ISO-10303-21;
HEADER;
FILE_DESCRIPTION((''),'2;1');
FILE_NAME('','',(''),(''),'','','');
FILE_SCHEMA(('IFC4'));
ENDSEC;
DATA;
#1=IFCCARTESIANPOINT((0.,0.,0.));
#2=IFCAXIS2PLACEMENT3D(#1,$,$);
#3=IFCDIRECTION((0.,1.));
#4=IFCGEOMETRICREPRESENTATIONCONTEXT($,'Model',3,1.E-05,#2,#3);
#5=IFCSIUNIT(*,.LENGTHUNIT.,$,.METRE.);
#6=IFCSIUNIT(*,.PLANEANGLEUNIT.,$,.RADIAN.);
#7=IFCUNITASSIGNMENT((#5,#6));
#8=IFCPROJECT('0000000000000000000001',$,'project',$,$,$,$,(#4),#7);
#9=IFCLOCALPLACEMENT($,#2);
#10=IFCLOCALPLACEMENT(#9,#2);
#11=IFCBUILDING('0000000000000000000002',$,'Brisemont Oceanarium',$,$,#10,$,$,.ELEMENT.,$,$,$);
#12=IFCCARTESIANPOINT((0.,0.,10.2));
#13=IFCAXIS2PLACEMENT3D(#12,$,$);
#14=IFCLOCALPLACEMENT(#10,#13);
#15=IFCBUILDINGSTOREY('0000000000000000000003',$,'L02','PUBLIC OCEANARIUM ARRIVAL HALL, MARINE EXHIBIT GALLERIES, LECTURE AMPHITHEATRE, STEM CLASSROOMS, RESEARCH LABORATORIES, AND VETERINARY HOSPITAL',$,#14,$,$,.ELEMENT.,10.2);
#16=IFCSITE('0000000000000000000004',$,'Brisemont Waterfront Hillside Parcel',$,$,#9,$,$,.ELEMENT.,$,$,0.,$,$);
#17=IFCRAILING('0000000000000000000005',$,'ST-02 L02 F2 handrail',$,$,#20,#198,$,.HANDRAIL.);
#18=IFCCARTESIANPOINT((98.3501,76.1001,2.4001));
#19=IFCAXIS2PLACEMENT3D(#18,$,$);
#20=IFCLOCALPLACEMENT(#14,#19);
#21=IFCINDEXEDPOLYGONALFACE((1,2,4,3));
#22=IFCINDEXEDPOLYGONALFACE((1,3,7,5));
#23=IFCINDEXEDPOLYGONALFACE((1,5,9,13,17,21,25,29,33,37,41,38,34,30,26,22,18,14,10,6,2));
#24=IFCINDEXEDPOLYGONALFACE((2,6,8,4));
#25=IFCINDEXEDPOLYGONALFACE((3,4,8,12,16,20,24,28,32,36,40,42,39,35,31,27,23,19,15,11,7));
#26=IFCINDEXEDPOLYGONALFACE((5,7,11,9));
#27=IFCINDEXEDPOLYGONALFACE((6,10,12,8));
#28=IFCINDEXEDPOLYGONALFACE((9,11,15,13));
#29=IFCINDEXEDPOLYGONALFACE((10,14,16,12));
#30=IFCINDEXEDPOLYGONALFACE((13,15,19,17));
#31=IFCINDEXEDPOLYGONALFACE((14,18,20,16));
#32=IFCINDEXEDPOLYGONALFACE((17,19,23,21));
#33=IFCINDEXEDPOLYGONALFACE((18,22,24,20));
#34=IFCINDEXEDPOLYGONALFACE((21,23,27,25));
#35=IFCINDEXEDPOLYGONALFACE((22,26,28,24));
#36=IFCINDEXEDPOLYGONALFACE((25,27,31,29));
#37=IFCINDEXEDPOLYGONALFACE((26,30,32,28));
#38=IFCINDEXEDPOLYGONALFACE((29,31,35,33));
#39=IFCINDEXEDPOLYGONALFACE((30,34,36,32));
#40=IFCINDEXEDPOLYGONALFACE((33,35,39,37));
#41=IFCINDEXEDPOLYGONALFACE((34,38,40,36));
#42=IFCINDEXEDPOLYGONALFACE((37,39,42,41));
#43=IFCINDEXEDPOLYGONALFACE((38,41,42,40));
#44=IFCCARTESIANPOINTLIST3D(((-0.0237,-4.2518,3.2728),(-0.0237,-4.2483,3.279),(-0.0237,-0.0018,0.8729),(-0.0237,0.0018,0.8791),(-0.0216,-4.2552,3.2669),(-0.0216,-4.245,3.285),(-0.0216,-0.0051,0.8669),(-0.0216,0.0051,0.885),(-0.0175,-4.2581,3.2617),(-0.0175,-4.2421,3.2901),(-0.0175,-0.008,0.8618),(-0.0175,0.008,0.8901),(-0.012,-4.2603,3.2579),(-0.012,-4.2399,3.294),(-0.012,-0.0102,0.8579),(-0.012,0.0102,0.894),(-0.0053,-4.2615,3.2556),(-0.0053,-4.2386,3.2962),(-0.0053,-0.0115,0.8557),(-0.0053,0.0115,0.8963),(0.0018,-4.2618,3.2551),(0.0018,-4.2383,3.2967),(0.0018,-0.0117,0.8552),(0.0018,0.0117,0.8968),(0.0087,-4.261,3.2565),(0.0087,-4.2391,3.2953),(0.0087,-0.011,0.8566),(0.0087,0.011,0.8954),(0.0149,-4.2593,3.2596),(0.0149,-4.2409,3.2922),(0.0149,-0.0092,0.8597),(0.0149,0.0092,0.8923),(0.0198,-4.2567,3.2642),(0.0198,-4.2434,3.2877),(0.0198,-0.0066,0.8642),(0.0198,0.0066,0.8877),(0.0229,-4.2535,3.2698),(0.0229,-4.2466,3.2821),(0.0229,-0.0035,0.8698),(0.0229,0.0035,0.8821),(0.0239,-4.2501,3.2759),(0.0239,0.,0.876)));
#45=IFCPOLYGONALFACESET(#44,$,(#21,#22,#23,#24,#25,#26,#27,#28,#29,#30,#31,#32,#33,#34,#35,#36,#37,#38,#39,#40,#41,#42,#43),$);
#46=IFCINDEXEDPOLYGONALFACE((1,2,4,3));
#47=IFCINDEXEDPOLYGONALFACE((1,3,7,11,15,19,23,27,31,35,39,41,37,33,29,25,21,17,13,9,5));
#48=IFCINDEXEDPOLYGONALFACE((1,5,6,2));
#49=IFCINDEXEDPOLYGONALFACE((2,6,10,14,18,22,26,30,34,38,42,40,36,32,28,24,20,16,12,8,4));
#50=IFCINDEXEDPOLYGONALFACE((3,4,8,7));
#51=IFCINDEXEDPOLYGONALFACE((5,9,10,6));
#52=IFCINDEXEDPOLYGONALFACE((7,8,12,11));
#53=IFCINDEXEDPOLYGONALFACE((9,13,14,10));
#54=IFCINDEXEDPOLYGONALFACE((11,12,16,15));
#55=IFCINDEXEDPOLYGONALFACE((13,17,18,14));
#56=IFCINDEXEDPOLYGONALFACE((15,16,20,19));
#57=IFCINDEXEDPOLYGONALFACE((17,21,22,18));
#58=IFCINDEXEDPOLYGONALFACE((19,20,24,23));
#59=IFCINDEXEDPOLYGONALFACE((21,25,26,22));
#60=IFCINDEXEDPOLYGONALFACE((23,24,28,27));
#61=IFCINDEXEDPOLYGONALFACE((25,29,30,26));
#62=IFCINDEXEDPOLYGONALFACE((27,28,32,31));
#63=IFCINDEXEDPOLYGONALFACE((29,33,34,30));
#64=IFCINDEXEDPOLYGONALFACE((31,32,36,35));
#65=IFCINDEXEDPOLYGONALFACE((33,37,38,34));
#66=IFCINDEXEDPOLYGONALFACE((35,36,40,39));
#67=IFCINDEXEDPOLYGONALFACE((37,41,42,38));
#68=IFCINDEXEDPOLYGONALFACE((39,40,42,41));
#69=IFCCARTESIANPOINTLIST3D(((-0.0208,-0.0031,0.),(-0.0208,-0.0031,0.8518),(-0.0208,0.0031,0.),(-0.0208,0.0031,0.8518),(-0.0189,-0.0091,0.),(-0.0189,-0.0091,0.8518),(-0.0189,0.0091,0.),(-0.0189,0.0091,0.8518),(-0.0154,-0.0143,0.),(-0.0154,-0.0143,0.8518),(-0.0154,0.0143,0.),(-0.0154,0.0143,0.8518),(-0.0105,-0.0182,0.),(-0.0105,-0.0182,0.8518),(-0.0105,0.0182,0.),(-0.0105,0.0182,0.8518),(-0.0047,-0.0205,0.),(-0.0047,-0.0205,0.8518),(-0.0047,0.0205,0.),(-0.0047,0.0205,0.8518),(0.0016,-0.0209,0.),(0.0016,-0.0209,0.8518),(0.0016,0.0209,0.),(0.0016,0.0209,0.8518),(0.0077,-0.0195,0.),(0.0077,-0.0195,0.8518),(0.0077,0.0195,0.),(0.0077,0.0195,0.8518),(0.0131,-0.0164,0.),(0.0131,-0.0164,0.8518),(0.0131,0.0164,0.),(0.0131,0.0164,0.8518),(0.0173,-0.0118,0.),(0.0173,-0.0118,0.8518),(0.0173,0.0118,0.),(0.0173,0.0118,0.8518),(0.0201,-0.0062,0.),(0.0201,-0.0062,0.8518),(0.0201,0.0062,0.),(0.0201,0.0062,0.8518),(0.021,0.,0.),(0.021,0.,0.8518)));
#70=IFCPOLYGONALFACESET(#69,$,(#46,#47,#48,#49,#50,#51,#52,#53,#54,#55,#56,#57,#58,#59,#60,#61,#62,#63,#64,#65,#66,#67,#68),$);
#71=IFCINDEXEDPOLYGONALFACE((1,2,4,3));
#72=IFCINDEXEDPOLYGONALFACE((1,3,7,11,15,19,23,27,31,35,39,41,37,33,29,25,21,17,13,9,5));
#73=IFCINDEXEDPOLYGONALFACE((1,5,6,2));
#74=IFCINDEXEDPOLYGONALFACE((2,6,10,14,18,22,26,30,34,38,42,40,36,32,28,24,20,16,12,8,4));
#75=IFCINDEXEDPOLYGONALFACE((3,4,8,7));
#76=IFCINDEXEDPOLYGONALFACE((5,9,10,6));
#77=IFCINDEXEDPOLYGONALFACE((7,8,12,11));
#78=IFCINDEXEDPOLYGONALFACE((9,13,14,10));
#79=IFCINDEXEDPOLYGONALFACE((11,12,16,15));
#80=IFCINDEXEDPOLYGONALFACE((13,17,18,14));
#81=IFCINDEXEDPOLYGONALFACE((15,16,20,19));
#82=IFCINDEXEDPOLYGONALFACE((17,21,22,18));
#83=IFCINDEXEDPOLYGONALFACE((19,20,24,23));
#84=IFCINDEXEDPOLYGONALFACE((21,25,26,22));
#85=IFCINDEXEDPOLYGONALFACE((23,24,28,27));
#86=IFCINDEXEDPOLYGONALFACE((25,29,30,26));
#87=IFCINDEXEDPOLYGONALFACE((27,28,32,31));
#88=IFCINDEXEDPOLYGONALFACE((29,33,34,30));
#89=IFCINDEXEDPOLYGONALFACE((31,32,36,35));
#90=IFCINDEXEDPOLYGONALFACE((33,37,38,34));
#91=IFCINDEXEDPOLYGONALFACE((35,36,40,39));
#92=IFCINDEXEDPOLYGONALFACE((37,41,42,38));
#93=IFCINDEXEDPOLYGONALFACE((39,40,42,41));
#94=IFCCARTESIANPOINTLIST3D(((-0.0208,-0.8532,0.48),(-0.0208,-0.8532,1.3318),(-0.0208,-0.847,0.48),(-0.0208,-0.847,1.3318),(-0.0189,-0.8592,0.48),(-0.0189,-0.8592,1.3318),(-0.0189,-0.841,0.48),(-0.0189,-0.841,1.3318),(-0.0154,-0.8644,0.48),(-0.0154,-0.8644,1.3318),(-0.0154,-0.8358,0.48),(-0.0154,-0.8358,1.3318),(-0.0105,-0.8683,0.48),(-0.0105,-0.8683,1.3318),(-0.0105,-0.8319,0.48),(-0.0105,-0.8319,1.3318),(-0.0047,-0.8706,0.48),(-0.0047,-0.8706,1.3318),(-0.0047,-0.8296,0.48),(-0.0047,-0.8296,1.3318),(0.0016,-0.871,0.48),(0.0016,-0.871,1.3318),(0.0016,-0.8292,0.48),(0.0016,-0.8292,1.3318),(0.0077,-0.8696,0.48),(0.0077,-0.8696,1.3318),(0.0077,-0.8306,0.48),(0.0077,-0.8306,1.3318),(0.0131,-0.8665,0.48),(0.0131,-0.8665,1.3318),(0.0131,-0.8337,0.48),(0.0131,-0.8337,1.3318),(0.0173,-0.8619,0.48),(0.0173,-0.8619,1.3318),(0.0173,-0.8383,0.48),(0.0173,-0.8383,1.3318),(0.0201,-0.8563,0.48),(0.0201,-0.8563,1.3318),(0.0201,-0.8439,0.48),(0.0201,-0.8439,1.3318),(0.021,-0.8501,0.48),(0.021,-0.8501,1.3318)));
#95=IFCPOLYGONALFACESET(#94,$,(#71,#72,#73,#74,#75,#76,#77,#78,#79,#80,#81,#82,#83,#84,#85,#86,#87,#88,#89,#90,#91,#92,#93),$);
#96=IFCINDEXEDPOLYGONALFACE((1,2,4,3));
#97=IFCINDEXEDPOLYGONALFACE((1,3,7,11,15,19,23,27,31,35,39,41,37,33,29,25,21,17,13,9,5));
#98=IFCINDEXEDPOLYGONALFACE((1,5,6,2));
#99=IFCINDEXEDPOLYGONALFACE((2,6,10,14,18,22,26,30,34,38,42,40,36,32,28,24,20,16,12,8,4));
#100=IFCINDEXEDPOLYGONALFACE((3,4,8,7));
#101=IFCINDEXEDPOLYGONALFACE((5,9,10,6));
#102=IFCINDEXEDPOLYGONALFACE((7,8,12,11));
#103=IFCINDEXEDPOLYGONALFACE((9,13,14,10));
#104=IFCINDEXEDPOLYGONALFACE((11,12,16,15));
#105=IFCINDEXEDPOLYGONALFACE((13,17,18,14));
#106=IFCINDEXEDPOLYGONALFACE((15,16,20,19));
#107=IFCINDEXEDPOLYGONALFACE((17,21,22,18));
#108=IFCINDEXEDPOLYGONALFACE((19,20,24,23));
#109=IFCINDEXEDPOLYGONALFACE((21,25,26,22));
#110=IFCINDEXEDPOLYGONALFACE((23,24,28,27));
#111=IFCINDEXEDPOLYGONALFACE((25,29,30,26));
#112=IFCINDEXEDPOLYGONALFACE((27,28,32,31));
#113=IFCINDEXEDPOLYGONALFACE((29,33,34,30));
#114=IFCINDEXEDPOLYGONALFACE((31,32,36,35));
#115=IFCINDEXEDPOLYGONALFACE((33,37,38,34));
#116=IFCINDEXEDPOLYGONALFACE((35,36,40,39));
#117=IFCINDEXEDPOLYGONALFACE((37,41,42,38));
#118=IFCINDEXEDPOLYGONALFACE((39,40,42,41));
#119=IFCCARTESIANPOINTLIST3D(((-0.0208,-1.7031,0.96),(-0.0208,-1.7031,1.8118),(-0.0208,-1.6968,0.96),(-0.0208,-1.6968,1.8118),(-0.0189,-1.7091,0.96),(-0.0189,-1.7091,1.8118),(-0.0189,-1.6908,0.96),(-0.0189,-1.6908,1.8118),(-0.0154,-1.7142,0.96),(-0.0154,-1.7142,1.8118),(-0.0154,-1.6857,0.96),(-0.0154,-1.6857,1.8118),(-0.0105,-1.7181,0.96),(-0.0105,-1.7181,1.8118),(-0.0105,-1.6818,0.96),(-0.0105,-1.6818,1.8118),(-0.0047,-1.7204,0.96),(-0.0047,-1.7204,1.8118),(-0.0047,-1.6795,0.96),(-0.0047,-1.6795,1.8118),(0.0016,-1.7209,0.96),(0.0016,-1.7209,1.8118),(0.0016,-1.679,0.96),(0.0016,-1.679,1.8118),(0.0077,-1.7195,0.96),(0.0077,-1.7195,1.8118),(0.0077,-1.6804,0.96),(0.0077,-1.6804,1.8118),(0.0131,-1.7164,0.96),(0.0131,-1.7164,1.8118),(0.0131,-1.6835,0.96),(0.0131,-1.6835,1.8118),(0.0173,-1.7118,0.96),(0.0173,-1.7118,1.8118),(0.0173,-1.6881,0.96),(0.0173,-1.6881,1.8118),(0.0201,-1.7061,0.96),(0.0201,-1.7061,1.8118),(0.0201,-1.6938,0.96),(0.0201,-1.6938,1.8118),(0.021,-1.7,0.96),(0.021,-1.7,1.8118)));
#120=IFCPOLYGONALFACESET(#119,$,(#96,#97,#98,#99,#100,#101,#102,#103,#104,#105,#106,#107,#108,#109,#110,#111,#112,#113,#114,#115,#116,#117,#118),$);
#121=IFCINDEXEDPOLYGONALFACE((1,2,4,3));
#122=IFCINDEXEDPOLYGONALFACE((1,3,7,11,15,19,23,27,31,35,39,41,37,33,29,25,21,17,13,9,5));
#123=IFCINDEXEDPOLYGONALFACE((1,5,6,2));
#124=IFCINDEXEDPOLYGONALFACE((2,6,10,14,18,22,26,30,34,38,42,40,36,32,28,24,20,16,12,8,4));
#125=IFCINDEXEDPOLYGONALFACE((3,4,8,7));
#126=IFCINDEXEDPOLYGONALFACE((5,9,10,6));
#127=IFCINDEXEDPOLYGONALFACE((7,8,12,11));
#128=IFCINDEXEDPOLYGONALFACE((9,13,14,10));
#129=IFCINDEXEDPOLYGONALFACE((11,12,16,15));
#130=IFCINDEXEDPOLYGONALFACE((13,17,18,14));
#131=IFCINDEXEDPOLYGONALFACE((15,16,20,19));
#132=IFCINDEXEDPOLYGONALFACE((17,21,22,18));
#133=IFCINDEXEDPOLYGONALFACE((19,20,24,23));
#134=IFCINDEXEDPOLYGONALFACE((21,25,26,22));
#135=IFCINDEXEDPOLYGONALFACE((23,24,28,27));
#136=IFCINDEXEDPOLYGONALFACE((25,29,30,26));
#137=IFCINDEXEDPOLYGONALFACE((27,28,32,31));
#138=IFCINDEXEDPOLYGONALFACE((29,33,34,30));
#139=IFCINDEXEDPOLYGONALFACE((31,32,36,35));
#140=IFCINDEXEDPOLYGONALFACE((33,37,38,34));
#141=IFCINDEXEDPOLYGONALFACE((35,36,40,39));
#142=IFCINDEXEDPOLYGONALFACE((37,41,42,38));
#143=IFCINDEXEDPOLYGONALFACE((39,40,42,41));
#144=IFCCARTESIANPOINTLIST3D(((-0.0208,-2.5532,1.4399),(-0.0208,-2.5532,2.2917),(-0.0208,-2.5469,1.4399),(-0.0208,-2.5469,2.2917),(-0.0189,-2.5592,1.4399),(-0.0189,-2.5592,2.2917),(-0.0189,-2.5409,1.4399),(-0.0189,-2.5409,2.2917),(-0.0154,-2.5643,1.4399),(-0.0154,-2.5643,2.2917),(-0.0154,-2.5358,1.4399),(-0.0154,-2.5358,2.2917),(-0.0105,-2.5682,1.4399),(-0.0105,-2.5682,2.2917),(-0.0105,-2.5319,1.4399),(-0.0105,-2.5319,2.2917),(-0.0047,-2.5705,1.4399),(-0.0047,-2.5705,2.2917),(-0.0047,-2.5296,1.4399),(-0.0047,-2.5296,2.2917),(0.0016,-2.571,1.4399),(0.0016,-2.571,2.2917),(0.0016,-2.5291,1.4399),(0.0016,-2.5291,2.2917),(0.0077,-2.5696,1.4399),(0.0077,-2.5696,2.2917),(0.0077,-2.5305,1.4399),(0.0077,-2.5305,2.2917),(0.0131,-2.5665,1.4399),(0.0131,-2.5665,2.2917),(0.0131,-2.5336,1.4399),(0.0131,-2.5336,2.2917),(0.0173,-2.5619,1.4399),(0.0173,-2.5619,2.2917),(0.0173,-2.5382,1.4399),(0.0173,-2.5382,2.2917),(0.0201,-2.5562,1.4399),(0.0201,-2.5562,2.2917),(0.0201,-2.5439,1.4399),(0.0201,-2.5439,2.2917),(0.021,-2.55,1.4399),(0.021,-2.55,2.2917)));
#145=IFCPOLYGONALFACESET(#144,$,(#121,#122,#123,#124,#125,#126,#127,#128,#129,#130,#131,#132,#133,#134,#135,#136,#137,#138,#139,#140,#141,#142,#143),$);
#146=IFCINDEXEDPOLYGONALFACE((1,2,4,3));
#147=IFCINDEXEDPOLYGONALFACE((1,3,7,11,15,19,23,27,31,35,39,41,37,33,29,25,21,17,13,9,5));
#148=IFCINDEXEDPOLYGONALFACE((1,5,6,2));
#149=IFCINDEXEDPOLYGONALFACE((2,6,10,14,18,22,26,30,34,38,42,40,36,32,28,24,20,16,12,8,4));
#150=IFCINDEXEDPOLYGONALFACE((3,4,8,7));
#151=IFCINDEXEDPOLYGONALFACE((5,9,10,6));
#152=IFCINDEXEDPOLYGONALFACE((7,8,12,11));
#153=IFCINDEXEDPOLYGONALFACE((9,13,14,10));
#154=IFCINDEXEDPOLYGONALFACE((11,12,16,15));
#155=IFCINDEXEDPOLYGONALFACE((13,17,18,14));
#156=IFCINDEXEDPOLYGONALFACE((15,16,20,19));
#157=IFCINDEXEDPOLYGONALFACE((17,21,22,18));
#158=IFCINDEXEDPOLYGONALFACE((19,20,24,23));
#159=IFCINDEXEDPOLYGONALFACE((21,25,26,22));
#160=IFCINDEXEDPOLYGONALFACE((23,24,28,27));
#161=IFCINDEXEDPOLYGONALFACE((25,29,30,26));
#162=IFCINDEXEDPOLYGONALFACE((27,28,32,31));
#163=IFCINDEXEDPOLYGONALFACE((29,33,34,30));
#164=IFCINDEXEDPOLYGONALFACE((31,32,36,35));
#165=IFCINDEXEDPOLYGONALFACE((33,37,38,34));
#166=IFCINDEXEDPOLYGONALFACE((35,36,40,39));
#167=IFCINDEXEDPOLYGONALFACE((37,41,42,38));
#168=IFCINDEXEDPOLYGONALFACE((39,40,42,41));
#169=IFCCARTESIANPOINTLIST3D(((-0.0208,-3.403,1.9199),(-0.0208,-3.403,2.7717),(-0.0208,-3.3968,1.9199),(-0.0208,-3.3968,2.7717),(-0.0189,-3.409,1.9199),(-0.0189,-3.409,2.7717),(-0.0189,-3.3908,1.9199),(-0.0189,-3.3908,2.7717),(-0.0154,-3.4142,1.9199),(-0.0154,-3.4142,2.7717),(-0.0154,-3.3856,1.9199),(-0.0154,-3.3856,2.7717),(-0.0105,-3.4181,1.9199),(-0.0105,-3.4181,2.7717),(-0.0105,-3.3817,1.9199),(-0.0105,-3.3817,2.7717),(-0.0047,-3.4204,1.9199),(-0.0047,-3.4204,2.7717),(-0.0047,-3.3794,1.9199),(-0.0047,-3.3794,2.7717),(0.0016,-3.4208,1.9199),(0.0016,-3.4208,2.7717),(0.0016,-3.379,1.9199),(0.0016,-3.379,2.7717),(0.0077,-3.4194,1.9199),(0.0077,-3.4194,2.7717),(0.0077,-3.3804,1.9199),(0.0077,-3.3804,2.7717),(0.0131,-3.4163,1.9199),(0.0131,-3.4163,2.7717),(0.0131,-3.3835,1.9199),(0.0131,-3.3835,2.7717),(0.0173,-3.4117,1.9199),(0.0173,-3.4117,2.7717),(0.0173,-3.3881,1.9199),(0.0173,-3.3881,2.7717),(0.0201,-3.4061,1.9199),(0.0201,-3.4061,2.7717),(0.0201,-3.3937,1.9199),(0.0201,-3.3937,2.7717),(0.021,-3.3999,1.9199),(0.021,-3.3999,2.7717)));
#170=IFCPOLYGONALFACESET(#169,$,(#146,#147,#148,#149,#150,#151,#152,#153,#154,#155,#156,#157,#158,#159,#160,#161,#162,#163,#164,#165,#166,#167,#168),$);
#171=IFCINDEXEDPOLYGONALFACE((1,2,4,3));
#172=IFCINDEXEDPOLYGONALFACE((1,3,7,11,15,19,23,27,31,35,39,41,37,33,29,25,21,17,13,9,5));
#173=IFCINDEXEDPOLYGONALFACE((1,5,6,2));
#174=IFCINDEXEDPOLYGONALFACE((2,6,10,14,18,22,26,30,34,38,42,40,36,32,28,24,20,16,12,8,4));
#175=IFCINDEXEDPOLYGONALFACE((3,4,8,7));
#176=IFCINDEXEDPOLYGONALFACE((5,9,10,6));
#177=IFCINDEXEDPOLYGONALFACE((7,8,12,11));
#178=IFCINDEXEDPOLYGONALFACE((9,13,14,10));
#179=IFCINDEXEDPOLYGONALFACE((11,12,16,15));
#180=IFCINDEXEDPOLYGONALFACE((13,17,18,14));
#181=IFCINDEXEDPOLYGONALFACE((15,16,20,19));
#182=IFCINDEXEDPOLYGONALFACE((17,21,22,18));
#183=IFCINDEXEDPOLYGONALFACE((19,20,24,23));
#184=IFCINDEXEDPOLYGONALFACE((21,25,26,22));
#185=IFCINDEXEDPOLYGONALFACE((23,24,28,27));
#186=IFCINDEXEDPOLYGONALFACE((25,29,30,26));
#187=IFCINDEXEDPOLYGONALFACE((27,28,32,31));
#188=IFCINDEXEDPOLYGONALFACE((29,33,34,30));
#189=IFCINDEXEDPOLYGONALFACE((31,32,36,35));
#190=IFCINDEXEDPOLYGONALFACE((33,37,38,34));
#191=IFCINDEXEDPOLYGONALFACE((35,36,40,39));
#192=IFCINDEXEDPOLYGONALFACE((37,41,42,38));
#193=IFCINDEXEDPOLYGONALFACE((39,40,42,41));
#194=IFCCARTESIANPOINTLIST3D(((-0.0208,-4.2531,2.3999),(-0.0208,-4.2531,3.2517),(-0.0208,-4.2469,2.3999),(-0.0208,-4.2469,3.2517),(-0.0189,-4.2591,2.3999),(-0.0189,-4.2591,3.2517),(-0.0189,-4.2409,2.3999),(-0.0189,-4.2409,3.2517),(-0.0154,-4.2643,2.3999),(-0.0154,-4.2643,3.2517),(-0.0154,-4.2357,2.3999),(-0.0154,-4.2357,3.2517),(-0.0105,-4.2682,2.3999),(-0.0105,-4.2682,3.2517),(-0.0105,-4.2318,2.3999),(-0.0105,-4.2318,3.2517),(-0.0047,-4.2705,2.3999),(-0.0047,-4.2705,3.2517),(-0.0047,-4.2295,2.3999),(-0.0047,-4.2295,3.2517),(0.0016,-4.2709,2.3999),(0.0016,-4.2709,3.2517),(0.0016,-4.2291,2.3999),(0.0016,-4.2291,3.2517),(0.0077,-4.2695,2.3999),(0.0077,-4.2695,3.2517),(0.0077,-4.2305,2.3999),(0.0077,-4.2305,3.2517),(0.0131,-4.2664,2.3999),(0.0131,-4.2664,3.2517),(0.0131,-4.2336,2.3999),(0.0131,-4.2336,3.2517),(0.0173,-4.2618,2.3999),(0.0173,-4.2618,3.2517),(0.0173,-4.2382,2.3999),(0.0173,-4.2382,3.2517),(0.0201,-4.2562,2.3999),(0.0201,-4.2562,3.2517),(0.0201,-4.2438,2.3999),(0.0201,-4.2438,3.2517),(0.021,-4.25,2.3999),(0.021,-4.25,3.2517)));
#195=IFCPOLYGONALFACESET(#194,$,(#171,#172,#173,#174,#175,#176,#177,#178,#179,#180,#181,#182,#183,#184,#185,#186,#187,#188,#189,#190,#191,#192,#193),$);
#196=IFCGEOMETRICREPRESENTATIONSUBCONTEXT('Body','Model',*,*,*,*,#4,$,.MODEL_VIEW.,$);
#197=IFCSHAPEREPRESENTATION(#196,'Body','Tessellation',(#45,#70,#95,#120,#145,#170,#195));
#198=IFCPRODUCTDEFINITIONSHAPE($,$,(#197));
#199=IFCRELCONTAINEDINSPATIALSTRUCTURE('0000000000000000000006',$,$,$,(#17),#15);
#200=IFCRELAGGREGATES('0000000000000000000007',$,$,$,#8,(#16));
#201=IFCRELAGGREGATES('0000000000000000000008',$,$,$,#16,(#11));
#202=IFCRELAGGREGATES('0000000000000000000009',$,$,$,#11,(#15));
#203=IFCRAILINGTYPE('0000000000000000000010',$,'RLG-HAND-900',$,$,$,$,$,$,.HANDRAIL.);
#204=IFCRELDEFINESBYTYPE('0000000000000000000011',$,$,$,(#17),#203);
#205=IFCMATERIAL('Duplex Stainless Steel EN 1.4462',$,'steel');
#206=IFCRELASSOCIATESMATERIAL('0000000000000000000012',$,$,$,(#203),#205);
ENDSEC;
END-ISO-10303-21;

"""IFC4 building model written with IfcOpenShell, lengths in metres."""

from ifc_helpers import new_model, si_unit, direction, frame, origin, origin_2d, place, context, subcontext, project, spatial, circle, extrude, material, type_object, element, save


model = new_model("IFC4")

# Units and contexts
model_context = context("Model", 3, precision=1e-05, world=origin(), true_north=direction((0.0, 1.0)))
body_context = subcontext(model_context, "Body", "Model", "MODEL_VIEW")
ifc_project = project(units=[si_unit("LENGTHUNIT", "METRE"), si_unit("PLANEANGLEUNIT", "RADIAN")], contexts=[model_context])

# Site, building, storey
site_placement = place(None, origin())
site = spatial("IfcSite", under=ifc_project, at=site_placement, Name="Brisemont Waterfront Hillside Parcel", CompositionType="ELEMENT", RefElevation=0.0)
building_placement = place(site_placement, origin())
building = spatial("IfcBuilding", under=site, at=building_placement, Name="Brisemont Oceanarium", CompositionType="ELEMENT")
storey_placement = place(building_placement, frame((0.0, 0.0, 10.2)))
storey = spatial("IfcBuildingStorey", under=building, at=storey_placement, Name="L02", Description="PUBLIC OCEANARIUM ARRIVAL HALL, MARINE EXHIBIT GALLERIES, LECTURE AMPHITHEATRE, STEM CLASSROOMS, RESEARCH LABORATORIES, AND VETERINARY HOSPITAL", CompositionType="ELEMENT", Elevation=10.2)

# Railing
ifc_material_1 = material(Name="Duplex Stainless Steel EN 1.4462", Category="steel")
railing_type_1 = type_object("IfcRailingType", Name="RLG-HAND-900", PredefinedType="HANDRAIL", material=ifc_material_1)
railing_1_placement = place(storey_placement, frame((98.3501, 76.1001, 2.4001)))
element("IfcRailing", 1, at=railing_1_placement, inside=storey, type_object=railing_type_1, Name="ST-02 L02 F2 handrail", PredefinedType="HANDRAIL", context=body_context, shape_type="SweptSolid", body=[
    extrude(circle(Radius=0.0239, at=origin_2d()), frame((0.0, 0.0, 0.876), z_axis=(0.0, -0.870762, 0.491704), x_axis=(1.0, 0.0, 0.0)), (0.0, 0.0, 1.0), 4.8809),
    extrude(circle(Radius=0.021, at=origin_2d()), origin(), (0.0, 0.0, 1.0), 0.8518),
    extrude(circle(Radius=0.021, at=origin_2d()), frame((0.0, -0.8501, 0.48)), (0.0, 0.0, 1.0), 0.8518),
    extrude(circle(Radius=0.021, at=origin_2d()), frame((0.0, -1.7, 0.96)), (0.0, 0.0, 1.0), 0.8518),
    extrude(circle(Radius=0.021, at=origin_2d()), frame((0.0, -2.55, 1.4399)), (0.0, 0.0, 1.0), 0.8518),
    extrude(circle(Radius=0.021, at=origin_2d()), frame((0.0, -3.3999, 1.9199)), (0.0, 0.0, 1.0), 0.8518),
    extrude(circle(Radius=0.021, at=origin_2d()), frame((0.0, -4.25, 2.3999)), (0.0, 0.0, 1.0), 0.8518),
])

save(model, "model.ifc")
